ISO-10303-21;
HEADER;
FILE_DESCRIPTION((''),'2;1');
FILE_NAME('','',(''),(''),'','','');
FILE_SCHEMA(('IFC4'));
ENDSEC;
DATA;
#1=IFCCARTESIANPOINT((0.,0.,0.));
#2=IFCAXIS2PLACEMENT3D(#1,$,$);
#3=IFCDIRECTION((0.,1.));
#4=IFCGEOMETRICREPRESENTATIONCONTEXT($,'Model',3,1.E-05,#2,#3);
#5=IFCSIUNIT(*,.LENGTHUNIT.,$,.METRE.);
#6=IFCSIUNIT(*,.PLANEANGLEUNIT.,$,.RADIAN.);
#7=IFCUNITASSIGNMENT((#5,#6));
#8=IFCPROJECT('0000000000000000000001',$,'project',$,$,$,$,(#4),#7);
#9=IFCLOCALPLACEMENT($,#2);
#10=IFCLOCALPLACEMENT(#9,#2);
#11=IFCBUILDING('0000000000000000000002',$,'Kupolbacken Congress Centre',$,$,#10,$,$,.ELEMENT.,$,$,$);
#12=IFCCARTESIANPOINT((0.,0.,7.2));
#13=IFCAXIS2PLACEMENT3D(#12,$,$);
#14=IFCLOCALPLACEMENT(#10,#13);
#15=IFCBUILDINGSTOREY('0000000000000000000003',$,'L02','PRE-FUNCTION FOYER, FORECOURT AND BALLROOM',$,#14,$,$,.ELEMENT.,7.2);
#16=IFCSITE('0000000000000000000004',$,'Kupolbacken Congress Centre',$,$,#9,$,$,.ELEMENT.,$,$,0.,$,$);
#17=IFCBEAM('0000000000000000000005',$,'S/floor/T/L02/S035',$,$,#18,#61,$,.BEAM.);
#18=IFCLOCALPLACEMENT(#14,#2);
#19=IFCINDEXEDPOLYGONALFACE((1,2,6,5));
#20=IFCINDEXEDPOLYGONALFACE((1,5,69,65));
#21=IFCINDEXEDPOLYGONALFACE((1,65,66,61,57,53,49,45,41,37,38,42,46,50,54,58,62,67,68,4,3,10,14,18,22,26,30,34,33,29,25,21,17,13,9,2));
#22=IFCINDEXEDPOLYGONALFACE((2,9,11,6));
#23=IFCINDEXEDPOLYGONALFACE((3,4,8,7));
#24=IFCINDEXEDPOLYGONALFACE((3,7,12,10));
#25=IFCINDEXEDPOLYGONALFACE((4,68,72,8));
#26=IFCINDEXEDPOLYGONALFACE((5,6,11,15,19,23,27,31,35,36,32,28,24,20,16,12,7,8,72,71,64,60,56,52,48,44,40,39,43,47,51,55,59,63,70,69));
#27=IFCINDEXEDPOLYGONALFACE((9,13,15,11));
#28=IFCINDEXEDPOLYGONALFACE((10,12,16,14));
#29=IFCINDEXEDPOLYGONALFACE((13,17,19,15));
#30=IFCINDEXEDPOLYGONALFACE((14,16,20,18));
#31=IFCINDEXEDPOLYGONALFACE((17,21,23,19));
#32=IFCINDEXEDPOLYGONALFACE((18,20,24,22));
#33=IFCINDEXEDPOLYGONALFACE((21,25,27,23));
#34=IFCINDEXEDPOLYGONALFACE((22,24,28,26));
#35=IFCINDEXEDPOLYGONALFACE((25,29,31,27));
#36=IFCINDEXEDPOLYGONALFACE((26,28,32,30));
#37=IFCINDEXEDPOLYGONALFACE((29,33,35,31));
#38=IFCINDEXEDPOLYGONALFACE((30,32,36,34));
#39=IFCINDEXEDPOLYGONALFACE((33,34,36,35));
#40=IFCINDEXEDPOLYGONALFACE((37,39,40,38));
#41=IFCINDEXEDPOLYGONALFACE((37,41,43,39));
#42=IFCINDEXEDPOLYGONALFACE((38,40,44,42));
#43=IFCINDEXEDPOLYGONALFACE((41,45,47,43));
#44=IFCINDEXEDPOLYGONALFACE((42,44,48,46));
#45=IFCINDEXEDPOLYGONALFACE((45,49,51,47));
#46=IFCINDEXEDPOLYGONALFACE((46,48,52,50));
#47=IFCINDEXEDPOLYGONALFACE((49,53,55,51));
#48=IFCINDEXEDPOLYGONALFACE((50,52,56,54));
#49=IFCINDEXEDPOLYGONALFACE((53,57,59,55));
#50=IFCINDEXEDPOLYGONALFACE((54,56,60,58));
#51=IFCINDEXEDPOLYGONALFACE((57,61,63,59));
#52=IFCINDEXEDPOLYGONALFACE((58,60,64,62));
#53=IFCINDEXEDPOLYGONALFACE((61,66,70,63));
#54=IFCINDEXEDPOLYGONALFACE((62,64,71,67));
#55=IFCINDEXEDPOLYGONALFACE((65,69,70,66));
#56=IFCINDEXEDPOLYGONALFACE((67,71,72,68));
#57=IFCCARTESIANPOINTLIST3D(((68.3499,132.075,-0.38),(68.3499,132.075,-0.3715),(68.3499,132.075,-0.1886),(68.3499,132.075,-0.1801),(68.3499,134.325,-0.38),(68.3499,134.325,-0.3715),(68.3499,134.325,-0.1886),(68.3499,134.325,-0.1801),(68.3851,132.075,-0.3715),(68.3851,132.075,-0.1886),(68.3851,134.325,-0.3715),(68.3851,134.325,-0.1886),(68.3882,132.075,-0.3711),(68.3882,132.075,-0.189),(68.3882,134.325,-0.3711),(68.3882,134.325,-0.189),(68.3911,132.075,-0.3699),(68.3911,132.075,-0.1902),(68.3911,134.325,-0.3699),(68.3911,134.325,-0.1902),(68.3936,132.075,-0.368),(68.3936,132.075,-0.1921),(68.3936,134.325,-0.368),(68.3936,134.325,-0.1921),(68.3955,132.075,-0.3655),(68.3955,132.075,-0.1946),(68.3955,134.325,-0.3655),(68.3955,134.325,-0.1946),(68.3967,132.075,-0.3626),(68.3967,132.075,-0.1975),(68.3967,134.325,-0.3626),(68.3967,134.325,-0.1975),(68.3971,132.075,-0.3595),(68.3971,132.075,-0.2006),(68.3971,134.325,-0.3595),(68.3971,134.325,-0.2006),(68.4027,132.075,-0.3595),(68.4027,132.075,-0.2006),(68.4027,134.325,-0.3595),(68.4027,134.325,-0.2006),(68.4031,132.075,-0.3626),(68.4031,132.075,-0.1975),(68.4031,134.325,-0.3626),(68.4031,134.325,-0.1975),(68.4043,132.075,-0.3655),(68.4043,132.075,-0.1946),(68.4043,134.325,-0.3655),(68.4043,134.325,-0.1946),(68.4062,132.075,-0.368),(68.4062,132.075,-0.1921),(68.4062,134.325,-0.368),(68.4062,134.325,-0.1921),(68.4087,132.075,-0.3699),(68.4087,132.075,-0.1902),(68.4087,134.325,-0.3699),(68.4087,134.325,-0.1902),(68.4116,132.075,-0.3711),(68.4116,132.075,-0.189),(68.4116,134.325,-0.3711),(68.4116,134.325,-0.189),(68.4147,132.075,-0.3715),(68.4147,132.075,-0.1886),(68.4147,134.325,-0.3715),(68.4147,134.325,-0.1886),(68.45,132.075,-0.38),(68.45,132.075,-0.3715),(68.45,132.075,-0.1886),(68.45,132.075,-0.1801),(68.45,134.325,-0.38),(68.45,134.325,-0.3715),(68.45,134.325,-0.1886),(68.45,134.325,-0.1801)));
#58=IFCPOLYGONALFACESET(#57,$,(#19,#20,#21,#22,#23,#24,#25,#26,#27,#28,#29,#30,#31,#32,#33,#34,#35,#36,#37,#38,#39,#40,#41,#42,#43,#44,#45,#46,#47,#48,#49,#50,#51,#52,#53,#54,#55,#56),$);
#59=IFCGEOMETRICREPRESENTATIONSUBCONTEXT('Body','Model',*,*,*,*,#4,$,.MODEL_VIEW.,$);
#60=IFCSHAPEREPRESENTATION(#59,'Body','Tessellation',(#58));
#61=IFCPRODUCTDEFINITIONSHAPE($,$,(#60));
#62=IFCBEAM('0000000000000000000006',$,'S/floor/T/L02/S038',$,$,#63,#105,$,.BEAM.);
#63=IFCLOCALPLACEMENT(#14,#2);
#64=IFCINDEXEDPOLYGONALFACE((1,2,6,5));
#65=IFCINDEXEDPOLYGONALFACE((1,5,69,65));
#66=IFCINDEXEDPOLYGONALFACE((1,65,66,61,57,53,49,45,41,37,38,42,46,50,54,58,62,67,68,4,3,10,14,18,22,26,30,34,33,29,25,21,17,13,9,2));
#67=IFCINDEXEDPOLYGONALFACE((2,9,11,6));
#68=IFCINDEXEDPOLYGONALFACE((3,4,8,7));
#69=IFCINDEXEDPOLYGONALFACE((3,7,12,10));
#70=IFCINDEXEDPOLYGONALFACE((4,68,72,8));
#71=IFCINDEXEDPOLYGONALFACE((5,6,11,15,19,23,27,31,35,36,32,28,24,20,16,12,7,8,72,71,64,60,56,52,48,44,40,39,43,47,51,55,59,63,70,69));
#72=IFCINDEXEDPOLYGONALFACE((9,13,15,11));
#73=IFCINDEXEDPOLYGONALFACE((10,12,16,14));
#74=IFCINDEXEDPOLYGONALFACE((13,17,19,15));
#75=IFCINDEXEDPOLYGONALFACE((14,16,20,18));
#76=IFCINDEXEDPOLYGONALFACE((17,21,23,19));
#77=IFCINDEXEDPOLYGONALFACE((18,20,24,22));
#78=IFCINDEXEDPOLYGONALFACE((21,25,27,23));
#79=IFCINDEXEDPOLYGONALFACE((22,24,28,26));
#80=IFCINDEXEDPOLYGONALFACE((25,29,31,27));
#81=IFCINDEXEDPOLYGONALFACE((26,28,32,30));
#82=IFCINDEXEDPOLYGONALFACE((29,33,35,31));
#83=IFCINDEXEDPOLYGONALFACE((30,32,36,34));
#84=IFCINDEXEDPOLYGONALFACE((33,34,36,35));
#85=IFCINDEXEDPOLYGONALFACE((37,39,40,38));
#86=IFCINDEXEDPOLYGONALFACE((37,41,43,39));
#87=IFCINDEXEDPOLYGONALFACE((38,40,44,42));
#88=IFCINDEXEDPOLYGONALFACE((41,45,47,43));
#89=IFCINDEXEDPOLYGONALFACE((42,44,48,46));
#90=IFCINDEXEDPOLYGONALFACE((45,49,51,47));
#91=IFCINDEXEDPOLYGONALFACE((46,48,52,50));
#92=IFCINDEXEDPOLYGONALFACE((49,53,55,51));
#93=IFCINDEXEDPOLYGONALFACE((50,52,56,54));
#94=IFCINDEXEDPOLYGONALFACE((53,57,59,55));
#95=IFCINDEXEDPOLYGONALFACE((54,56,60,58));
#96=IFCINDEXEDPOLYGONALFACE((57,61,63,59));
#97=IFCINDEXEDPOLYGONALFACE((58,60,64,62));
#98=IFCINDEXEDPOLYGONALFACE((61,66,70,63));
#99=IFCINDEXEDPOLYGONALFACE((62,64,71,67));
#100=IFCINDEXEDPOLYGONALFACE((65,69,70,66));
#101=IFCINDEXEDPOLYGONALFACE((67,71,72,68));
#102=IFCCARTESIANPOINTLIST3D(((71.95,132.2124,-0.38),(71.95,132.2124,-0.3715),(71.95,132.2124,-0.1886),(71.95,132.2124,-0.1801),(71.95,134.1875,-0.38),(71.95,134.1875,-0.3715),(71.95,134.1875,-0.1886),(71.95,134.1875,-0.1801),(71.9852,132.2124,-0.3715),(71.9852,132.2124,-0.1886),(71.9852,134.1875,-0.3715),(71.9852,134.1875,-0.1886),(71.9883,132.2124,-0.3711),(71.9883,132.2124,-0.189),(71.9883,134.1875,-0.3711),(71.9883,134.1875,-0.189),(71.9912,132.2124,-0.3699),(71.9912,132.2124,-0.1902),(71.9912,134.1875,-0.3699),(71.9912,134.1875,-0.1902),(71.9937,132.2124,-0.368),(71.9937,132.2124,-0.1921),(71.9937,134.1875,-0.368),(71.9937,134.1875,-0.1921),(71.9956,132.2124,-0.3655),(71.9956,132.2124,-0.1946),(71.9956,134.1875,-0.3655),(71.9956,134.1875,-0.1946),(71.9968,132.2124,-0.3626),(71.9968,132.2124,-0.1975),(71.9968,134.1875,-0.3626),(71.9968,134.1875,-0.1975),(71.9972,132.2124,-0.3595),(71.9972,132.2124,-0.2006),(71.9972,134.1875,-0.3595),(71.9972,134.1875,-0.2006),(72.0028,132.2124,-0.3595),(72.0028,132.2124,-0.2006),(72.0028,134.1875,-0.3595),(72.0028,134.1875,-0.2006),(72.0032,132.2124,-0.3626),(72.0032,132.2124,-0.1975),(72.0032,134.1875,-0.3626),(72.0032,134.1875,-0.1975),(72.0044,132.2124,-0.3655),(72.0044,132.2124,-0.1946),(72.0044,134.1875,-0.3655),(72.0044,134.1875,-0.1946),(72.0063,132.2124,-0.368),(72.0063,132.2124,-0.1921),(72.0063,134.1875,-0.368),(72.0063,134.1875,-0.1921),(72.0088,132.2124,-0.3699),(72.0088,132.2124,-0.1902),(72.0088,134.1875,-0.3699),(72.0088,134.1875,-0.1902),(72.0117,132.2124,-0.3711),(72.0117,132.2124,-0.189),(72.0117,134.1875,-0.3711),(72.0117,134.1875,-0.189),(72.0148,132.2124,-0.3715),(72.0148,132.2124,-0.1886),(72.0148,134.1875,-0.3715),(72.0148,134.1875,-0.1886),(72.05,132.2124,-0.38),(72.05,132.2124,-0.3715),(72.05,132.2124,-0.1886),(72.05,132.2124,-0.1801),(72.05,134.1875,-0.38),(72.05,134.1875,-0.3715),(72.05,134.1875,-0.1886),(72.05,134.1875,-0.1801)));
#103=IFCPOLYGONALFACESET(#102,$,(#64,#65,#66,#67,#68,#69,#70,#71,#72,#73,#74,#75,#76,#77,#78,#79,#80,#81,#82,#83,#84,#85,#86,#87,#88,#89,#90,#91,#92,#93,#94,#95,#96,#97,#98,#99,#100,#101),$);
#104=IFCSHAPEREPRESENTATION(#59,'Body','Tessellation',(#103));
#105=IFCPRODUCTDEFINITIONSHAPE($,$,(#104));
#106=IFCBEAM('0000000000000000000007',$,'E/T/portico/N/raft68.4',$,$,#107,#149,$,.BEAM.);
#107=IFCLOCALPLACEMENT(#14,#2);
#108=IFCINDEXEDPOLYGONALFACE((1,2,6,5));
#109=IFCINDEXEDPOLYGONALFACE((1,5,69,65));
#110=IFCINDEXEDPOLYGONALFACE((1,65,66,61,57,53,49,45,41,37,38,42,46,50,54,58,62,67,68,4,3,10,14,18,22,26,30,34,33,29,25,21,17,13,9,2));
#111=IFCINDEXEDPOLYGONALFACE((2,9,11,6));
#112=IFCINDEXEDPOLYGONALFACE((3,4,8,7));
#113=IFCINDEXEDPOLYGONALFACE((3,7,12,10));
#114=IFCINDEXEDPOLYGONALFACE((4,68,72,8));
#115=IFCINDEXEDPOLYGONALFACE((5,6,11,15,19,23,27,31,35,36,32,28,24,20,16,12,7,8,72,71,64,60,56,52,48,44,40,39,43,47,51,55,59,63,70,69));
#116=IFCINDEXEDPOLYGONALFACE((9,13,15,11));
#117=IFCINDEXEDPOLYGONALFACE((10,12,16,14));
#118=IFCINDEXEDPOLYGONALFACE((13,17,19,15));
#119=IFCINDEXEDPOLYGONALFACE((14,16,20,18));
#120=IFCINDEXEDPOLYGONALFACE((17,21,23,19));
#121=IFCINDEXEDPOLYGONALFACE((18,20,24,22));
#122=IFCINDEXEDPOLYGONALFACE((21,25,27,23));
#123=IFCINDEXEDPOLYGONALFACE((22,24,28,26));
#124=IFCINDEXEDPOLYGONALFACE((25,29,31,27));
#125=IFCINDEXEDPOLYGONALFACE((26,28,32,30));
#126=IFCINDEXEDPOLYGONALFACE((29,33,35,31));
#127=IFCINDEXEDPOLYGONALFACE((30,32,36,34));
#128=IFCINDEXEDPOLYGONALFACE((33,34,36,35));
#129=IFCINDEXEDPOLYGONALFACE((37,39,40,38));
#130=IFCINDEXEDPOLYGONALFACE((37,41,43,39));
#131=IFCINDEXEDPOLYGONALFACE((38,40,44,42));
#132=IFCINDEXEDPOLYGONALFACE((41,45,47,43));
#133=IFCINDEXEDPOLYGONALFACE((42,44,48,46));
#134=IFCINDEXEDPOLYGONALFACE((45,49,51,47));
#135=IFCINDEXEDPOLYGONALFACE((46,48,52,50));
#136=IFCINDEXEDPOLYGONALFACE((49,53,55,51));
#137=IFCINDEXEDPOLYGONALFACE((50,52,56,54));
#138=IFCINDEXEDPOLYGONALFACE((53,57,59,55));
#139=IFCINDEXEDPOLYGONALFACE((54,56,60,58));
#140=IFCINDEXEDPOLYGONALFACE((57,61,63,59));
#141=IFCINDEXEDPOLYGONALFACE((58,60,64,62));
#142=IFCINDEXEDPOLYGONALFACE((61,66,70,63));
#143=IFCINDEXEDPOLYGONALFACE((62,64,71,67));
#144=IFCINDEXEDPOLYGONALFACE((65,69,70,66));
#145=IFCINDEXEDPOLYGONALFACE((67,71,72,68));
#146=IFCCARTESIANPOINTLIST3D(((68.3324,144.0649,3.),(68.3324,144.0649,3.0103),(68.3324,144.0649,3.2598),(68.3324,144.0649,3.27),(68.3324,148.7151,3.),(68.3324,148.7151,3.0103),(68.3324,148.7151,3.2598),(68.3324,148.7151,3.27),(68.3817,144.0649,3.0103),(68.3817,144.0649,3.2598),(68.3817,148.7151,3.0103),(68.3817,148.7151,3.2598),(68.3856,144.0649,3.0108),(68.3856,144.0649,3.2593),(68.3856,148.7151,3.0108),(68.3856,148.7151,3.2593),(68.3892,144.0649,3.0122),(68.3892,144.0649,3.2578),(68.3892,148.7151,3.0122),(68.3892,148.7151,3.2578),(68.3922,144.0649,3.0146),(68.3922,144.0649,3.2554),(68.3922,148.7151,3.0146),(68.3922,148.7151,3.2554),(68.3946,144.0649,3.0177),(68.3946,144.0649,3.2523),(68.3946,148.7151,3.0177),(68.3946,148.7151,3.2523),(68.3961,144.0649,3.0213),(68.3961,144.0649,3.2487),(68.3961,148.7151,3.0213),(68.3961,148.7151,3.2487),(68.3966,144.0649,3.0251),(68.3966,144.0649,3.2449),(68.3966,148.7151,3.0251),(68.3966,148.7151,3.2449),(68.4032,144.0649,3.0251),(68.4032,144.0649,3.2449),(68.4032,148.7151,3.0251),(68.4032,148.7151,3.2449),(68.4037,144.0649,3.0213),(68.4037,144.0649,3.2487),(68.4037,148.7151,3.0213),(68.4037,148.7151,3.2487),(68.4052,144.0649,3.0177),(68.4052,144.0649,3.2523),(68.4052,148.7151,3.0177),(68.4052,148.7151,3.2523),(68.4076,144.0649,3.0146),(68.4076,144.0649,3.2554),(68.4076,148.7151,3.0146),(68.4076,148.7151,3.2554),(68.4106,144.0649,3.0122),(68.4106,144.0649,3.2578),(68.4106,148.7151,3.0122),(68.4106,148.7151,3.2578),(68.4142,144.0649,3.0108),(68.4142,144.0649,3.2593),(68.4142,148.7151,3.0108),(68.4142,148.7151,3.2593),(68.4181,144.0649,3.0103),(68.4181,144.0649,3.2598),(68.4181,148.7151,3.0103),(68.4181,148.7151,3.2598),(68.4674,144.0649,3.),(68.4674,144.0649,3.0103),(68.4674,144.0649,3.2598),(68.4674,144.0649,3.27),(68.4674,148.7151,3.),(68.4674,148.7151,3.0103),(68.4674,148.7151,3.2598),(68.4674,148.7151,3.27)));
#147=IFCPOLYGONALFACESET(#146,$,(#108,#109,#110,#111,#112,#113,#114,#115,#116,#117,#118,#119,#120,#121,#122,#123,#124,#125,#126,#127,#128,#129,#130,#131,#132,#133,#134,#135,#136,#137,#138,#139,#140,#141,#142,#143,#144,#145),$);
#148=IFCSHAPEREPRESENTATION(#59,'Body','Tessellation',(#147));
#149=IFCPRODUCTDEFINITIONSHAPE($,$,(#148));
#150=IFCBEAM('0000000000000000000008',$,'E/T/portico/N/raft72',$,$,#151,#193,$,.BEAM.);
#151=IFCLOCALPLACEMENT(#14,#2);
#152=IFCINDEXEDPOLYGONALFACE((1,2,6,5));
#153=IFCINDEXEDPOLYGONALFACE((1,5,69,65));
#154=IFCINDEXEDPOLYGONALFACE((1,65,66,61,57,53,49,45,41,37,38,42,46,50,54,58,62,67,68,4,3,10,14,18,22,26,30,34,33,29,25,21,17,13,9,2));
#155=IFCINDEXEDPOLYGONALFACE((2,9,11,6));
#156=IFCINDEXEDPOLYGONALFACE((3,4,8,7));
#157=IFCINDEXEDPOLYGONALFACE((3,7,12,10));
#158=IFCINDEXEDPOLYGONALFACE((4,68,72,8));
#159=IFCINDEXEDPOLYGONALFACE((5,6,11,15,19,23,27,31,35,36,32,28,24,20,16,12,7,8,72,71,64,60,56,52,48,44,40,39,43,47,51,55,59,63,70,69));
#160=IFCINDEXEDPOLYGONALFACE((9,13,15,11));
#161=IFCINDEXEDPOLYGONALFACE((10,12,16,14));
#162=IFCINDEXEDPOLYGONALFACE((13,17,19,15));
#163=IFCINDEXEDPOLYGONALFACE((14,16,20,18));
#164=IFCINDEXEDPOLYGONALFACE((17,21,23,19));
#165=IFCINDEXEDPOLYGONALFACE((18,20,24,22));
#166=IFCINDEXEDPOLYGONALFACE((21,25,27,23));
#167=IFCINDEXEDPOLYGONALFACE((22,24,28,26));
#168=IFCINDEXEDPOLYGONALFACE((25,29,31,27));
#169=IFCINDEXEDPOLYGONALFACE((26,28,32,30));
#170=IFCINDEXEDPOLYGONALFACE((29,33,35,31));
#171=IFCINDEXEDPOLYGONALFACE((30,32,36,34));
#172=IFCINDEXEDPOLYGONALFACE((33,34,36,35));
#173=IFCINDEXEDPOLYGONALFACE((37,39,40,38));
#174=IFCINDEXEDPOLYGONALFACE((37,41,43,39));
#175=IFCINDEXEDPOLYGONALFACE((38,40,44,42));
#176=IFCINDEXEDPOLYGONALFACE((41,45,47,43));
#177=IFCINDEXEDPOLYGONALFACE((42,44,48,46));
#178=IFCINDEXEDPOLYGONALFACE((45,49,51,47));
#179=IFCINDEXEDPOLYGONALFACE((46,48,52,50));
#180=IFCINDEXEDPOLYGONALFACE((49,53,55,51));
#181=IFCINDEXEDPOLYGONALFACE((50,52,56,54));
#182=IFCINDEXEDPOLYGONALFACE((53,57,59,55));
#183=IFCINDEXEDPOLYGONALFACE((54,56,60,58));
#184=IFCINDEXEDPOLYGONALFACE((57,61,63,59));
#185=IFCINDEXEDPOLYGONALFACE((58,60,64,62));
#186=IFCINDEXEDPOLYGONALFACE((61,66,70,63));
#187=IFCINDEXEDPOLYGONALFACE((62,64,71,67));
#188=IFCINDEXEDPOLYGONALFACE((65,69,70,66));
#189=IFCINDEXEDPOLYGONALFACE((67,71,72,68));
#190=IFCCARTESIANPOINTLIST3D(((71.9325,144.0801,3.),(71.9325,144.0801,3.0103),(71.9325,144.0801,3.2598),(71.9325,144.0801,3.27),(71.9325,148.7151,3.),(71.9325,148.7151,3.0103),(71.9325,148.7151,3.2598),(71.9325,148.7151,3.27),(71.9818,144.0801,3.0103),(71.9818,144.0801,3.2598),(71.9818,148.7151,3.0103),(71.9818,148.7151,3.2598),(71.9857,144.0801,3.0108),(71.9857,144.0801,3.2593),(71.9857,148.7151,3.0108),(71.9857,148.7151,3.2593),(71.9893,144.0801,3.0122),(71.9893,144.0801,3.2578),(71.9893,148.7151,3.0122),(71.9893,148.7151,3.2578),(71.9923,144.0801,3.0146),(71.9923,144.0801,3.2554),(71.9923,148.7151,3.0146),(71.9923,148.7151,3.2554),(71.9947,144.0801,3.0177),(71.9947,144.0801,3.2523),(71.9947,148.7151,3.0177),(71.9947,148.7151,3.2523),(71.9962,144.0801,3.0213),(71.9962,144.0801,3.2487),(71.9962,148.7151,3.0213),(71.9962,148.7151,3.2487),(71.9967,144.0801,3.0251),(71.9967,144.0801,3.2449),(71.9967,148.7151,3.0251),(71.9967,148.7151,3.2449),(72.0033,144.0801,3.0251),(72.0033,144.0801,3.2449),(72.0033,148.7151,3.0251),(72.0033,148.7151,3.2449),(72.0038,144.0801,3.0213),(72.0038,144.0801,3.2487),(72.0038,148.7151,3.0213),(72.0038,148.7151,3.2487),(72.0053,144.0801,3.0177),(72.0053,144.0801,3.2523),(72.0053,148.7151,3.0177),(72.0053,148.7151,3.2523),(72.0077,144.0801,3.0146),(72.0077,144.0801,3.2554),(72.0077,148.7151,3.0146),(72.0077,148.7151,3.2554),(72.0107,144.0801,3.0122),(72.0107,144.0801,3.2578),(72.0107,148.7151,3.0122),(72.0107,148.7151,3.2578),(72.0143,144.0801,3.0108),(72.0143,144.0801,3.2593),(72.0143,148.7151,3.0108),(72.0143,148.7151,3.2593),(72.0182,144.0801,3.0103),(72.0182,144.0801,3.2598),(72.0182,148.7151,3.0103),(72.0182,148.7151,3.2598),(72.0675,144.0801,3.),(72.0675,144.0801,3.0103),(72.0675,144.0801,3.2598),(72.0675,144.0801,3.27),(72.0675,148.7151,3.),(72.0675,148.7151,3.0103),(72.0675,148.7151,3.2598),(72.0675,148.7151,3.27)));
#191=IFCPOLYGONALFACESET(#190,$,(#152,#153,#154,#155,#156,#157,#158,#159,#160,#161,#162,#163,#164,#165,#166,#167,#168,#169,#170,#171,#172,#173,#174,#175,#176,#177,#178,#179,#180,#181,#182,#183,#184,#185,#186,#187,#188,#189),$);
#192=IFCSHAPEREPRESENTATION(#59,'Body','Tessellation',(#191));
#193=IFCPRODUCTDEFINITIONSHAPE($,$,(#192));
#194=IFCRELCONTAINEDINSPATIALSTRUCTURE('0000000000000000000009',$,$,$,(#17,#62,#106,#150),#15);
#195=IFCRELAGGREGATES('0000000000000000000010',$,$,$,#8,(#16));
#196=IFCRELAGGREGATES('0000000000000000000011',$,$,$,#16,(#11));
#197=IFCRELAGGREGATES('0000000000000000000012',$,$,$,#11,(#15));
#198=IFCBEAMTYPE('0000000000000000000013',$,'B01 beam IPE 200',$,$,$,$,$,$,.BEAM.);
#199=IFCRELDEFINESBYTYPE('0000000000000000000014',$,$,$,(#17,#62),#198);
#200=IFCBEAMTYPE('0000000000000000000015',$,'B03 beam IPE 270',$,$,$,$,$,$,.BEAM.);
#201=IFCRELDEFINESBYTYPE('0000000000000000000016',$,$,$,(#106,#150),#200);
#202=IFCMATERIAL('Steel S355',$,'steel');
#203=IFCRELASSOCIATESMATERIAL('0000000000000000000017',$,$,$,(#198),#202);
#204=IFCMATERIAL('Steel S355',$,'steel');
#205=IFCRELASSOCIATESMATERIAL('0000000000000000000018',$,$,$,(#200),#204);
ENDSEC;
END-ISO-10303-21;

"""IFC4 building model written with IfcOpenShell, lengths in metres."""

from ifc_helpers import new_model, si_unit, direction, frame, origin, origin_2d, place, context, subcontext, project, spatial, i_section, extrude, material, material_profile, profile_set, type_object, element, save


model = new_model("IFC4")

# Units and contexts
model_context = context("Model", 3, precision=1e-05, world=origin(), true_north=direction((0.0, 1.0)))
body_context = subcontext(model_context, "Body", "Model", "MODEL_VIEW")
ifc_project = project(units=[si_unit("LENGTHUNIT", "METRE"), si_unit("PLANEANGLEUNIT", "RADIAN")], contexts=[model_context])

# Site, building, storey
site_placement = place(None, origin())
site = spatial("IfcSite", under=ifc_project, at=site_placement, Name="Kupolbacken Congress Centre", CompositionType="ELEMENT", RefElevation=0.0)
building_placement = place(site_placement, origin())
building = spatial("IfcBuilding", under=site, at=building_placement, Name="Kupolbacken Congress Centre", CompositionType="ELEMENT")
storey_placement = place(building_placement, frame((0.0, 0.0, 7.2)))
storey = spatial("IfcBuildingStorey", under=building, at=storey_placement, Name="L02", Description="PRE-FUNCTION FOYER, FORECOURT AND BALLROOM", CompositionType="ELEMENT", Elevation=7.2)

# Beams
ifc_material_1 = material(Name="Steel S355", Category="steel")
ifc_material_profile_1 = material_profile(ifc_material_1, i_section(OverallWidth=0.1001, OverallDepth=0.2, WebThickness=0.0056, FlangeThickness=0.0085, FilletRadius=0.012, at=origin_2d()), Name="IPE 200")
ifc_profile_set_1 = profile_set([ifc_material_profile_1], Name="Steel S355")
beam_type_1 = type_object("IfcBeamType", Name="B01 beam IPE 200", PredefinedType="BEAM", material=ifc_profile_set_1)
beam_1_placement = place(storey_placement, frame((68.3999, 132.075, -0.28), z_axis=(0.0, 1.0, 0.0), x_axis=(-1.0, 0.0, 0.0)))
element("IfcBeam", 1, at=beam_1_placement, inside=storey, type_object=beam_type_1, Name="S/floor/T/L02/S035", PredefinedType="BEAM", context=body_context, shape_type="SweptSolid", body=[
    extrude(i_section(OverallWidth=0.1001, OverallDepth=0.2, WebThickness=0.0056, FlangeThickness=0.0085, FilletRadius=0.012, at=origin_2d()), origin(), (0.0, 0.0, 1.0), 2.25),
])
beam_2_placement = place(storey_placement, frame((72.0, 132.2124, -0.28), z_axis=(0.0, 1.0, 0.0), x_axis=(-1.0, 0.0, 0.0)))
element("IfcBeam", 2, at=beam_2_placement, inside=storey, type_object=beam_type_1, Name="S/floor/T/L02/S038", PredefinedType="BEAM", context=body_context, shape_type="SweptSolid", body=[
    extrude(i_section(OverallWidth=0.1001, OverallDepth=0.2, WebThickness=0.0056, FlangeThickness=0.0085, FilletRadius=0.012, at=origin_2d()), origin(), (0.0, 0.0, 1.0), 1.9751),
])
ifc_material_2 = material(Name="Steel S355", Category="steel")
ifc_material_profile_2 = material_profile(ifc_material_2, i_section(OverallWidth=0.135, OverallDepth=0.27, WebThickness=0.0066, FlangeThickness=0.0103, FilletRadius=0.0149, at=origin_2d()), Name="IPE 270")
ifc_profile_set_2 = profile_set([ifc_material_profile_2], Name="Steel S355")
beam_type_2 = type_object("IfcBeamType", Name="B03 beam IPE 270", PredefinedType="BEAM", material=ifc_profile_set_2)
beam_3_placement = place(storey_placement, frame((68.3999, 144.0649, 3.135), z_axis=(0.0, 1.0, 0.0), x_axis=(-1.0, 0.0, 0.0)))
element("IfcBeam", 3, at=beam_3_placement, inside=storey, type_object=beam_type_2, Name="E/T/portico/N/raft68.4", PredefinedType="BEAM", context=body_context, shape_type="SweptSolid", body=[
    extrude(i_section(OverallWidth=0.135, OverallDepth=0.27, WebThickness=0.0066, FlangeThickness=0.0103, FilletRadius=0.0149, at=origin_2d()), origin(), (0.0, 0.0, 1.0), 4.6501),
])
beam_4_placement = place(storey_placement, frame((72.0, 144.0801, 3.135), z_axis=(0.0, 1.0, 0.0), x_axis=(-1.0, 0.0, 0.0)))
element("IfcBeam", 4, at=beam_4_placement, inside=storey, type_object=beam_type_2, Name="E/T/portico/N/raft72", PredefinedType="BEAM", context=body_context, shape_type="SweptSolid", body=[
    extrude(i_section(OverallWidth=0.135, OverallDepth=0.27, WebThickness=0.0066, FlangeThickness=0.0103, FilletRadius=0.0149, at=origin_2d()), origin(), (0.0, 0.0, 1.0), 4.635),
])

save(model, "model.ifc")
